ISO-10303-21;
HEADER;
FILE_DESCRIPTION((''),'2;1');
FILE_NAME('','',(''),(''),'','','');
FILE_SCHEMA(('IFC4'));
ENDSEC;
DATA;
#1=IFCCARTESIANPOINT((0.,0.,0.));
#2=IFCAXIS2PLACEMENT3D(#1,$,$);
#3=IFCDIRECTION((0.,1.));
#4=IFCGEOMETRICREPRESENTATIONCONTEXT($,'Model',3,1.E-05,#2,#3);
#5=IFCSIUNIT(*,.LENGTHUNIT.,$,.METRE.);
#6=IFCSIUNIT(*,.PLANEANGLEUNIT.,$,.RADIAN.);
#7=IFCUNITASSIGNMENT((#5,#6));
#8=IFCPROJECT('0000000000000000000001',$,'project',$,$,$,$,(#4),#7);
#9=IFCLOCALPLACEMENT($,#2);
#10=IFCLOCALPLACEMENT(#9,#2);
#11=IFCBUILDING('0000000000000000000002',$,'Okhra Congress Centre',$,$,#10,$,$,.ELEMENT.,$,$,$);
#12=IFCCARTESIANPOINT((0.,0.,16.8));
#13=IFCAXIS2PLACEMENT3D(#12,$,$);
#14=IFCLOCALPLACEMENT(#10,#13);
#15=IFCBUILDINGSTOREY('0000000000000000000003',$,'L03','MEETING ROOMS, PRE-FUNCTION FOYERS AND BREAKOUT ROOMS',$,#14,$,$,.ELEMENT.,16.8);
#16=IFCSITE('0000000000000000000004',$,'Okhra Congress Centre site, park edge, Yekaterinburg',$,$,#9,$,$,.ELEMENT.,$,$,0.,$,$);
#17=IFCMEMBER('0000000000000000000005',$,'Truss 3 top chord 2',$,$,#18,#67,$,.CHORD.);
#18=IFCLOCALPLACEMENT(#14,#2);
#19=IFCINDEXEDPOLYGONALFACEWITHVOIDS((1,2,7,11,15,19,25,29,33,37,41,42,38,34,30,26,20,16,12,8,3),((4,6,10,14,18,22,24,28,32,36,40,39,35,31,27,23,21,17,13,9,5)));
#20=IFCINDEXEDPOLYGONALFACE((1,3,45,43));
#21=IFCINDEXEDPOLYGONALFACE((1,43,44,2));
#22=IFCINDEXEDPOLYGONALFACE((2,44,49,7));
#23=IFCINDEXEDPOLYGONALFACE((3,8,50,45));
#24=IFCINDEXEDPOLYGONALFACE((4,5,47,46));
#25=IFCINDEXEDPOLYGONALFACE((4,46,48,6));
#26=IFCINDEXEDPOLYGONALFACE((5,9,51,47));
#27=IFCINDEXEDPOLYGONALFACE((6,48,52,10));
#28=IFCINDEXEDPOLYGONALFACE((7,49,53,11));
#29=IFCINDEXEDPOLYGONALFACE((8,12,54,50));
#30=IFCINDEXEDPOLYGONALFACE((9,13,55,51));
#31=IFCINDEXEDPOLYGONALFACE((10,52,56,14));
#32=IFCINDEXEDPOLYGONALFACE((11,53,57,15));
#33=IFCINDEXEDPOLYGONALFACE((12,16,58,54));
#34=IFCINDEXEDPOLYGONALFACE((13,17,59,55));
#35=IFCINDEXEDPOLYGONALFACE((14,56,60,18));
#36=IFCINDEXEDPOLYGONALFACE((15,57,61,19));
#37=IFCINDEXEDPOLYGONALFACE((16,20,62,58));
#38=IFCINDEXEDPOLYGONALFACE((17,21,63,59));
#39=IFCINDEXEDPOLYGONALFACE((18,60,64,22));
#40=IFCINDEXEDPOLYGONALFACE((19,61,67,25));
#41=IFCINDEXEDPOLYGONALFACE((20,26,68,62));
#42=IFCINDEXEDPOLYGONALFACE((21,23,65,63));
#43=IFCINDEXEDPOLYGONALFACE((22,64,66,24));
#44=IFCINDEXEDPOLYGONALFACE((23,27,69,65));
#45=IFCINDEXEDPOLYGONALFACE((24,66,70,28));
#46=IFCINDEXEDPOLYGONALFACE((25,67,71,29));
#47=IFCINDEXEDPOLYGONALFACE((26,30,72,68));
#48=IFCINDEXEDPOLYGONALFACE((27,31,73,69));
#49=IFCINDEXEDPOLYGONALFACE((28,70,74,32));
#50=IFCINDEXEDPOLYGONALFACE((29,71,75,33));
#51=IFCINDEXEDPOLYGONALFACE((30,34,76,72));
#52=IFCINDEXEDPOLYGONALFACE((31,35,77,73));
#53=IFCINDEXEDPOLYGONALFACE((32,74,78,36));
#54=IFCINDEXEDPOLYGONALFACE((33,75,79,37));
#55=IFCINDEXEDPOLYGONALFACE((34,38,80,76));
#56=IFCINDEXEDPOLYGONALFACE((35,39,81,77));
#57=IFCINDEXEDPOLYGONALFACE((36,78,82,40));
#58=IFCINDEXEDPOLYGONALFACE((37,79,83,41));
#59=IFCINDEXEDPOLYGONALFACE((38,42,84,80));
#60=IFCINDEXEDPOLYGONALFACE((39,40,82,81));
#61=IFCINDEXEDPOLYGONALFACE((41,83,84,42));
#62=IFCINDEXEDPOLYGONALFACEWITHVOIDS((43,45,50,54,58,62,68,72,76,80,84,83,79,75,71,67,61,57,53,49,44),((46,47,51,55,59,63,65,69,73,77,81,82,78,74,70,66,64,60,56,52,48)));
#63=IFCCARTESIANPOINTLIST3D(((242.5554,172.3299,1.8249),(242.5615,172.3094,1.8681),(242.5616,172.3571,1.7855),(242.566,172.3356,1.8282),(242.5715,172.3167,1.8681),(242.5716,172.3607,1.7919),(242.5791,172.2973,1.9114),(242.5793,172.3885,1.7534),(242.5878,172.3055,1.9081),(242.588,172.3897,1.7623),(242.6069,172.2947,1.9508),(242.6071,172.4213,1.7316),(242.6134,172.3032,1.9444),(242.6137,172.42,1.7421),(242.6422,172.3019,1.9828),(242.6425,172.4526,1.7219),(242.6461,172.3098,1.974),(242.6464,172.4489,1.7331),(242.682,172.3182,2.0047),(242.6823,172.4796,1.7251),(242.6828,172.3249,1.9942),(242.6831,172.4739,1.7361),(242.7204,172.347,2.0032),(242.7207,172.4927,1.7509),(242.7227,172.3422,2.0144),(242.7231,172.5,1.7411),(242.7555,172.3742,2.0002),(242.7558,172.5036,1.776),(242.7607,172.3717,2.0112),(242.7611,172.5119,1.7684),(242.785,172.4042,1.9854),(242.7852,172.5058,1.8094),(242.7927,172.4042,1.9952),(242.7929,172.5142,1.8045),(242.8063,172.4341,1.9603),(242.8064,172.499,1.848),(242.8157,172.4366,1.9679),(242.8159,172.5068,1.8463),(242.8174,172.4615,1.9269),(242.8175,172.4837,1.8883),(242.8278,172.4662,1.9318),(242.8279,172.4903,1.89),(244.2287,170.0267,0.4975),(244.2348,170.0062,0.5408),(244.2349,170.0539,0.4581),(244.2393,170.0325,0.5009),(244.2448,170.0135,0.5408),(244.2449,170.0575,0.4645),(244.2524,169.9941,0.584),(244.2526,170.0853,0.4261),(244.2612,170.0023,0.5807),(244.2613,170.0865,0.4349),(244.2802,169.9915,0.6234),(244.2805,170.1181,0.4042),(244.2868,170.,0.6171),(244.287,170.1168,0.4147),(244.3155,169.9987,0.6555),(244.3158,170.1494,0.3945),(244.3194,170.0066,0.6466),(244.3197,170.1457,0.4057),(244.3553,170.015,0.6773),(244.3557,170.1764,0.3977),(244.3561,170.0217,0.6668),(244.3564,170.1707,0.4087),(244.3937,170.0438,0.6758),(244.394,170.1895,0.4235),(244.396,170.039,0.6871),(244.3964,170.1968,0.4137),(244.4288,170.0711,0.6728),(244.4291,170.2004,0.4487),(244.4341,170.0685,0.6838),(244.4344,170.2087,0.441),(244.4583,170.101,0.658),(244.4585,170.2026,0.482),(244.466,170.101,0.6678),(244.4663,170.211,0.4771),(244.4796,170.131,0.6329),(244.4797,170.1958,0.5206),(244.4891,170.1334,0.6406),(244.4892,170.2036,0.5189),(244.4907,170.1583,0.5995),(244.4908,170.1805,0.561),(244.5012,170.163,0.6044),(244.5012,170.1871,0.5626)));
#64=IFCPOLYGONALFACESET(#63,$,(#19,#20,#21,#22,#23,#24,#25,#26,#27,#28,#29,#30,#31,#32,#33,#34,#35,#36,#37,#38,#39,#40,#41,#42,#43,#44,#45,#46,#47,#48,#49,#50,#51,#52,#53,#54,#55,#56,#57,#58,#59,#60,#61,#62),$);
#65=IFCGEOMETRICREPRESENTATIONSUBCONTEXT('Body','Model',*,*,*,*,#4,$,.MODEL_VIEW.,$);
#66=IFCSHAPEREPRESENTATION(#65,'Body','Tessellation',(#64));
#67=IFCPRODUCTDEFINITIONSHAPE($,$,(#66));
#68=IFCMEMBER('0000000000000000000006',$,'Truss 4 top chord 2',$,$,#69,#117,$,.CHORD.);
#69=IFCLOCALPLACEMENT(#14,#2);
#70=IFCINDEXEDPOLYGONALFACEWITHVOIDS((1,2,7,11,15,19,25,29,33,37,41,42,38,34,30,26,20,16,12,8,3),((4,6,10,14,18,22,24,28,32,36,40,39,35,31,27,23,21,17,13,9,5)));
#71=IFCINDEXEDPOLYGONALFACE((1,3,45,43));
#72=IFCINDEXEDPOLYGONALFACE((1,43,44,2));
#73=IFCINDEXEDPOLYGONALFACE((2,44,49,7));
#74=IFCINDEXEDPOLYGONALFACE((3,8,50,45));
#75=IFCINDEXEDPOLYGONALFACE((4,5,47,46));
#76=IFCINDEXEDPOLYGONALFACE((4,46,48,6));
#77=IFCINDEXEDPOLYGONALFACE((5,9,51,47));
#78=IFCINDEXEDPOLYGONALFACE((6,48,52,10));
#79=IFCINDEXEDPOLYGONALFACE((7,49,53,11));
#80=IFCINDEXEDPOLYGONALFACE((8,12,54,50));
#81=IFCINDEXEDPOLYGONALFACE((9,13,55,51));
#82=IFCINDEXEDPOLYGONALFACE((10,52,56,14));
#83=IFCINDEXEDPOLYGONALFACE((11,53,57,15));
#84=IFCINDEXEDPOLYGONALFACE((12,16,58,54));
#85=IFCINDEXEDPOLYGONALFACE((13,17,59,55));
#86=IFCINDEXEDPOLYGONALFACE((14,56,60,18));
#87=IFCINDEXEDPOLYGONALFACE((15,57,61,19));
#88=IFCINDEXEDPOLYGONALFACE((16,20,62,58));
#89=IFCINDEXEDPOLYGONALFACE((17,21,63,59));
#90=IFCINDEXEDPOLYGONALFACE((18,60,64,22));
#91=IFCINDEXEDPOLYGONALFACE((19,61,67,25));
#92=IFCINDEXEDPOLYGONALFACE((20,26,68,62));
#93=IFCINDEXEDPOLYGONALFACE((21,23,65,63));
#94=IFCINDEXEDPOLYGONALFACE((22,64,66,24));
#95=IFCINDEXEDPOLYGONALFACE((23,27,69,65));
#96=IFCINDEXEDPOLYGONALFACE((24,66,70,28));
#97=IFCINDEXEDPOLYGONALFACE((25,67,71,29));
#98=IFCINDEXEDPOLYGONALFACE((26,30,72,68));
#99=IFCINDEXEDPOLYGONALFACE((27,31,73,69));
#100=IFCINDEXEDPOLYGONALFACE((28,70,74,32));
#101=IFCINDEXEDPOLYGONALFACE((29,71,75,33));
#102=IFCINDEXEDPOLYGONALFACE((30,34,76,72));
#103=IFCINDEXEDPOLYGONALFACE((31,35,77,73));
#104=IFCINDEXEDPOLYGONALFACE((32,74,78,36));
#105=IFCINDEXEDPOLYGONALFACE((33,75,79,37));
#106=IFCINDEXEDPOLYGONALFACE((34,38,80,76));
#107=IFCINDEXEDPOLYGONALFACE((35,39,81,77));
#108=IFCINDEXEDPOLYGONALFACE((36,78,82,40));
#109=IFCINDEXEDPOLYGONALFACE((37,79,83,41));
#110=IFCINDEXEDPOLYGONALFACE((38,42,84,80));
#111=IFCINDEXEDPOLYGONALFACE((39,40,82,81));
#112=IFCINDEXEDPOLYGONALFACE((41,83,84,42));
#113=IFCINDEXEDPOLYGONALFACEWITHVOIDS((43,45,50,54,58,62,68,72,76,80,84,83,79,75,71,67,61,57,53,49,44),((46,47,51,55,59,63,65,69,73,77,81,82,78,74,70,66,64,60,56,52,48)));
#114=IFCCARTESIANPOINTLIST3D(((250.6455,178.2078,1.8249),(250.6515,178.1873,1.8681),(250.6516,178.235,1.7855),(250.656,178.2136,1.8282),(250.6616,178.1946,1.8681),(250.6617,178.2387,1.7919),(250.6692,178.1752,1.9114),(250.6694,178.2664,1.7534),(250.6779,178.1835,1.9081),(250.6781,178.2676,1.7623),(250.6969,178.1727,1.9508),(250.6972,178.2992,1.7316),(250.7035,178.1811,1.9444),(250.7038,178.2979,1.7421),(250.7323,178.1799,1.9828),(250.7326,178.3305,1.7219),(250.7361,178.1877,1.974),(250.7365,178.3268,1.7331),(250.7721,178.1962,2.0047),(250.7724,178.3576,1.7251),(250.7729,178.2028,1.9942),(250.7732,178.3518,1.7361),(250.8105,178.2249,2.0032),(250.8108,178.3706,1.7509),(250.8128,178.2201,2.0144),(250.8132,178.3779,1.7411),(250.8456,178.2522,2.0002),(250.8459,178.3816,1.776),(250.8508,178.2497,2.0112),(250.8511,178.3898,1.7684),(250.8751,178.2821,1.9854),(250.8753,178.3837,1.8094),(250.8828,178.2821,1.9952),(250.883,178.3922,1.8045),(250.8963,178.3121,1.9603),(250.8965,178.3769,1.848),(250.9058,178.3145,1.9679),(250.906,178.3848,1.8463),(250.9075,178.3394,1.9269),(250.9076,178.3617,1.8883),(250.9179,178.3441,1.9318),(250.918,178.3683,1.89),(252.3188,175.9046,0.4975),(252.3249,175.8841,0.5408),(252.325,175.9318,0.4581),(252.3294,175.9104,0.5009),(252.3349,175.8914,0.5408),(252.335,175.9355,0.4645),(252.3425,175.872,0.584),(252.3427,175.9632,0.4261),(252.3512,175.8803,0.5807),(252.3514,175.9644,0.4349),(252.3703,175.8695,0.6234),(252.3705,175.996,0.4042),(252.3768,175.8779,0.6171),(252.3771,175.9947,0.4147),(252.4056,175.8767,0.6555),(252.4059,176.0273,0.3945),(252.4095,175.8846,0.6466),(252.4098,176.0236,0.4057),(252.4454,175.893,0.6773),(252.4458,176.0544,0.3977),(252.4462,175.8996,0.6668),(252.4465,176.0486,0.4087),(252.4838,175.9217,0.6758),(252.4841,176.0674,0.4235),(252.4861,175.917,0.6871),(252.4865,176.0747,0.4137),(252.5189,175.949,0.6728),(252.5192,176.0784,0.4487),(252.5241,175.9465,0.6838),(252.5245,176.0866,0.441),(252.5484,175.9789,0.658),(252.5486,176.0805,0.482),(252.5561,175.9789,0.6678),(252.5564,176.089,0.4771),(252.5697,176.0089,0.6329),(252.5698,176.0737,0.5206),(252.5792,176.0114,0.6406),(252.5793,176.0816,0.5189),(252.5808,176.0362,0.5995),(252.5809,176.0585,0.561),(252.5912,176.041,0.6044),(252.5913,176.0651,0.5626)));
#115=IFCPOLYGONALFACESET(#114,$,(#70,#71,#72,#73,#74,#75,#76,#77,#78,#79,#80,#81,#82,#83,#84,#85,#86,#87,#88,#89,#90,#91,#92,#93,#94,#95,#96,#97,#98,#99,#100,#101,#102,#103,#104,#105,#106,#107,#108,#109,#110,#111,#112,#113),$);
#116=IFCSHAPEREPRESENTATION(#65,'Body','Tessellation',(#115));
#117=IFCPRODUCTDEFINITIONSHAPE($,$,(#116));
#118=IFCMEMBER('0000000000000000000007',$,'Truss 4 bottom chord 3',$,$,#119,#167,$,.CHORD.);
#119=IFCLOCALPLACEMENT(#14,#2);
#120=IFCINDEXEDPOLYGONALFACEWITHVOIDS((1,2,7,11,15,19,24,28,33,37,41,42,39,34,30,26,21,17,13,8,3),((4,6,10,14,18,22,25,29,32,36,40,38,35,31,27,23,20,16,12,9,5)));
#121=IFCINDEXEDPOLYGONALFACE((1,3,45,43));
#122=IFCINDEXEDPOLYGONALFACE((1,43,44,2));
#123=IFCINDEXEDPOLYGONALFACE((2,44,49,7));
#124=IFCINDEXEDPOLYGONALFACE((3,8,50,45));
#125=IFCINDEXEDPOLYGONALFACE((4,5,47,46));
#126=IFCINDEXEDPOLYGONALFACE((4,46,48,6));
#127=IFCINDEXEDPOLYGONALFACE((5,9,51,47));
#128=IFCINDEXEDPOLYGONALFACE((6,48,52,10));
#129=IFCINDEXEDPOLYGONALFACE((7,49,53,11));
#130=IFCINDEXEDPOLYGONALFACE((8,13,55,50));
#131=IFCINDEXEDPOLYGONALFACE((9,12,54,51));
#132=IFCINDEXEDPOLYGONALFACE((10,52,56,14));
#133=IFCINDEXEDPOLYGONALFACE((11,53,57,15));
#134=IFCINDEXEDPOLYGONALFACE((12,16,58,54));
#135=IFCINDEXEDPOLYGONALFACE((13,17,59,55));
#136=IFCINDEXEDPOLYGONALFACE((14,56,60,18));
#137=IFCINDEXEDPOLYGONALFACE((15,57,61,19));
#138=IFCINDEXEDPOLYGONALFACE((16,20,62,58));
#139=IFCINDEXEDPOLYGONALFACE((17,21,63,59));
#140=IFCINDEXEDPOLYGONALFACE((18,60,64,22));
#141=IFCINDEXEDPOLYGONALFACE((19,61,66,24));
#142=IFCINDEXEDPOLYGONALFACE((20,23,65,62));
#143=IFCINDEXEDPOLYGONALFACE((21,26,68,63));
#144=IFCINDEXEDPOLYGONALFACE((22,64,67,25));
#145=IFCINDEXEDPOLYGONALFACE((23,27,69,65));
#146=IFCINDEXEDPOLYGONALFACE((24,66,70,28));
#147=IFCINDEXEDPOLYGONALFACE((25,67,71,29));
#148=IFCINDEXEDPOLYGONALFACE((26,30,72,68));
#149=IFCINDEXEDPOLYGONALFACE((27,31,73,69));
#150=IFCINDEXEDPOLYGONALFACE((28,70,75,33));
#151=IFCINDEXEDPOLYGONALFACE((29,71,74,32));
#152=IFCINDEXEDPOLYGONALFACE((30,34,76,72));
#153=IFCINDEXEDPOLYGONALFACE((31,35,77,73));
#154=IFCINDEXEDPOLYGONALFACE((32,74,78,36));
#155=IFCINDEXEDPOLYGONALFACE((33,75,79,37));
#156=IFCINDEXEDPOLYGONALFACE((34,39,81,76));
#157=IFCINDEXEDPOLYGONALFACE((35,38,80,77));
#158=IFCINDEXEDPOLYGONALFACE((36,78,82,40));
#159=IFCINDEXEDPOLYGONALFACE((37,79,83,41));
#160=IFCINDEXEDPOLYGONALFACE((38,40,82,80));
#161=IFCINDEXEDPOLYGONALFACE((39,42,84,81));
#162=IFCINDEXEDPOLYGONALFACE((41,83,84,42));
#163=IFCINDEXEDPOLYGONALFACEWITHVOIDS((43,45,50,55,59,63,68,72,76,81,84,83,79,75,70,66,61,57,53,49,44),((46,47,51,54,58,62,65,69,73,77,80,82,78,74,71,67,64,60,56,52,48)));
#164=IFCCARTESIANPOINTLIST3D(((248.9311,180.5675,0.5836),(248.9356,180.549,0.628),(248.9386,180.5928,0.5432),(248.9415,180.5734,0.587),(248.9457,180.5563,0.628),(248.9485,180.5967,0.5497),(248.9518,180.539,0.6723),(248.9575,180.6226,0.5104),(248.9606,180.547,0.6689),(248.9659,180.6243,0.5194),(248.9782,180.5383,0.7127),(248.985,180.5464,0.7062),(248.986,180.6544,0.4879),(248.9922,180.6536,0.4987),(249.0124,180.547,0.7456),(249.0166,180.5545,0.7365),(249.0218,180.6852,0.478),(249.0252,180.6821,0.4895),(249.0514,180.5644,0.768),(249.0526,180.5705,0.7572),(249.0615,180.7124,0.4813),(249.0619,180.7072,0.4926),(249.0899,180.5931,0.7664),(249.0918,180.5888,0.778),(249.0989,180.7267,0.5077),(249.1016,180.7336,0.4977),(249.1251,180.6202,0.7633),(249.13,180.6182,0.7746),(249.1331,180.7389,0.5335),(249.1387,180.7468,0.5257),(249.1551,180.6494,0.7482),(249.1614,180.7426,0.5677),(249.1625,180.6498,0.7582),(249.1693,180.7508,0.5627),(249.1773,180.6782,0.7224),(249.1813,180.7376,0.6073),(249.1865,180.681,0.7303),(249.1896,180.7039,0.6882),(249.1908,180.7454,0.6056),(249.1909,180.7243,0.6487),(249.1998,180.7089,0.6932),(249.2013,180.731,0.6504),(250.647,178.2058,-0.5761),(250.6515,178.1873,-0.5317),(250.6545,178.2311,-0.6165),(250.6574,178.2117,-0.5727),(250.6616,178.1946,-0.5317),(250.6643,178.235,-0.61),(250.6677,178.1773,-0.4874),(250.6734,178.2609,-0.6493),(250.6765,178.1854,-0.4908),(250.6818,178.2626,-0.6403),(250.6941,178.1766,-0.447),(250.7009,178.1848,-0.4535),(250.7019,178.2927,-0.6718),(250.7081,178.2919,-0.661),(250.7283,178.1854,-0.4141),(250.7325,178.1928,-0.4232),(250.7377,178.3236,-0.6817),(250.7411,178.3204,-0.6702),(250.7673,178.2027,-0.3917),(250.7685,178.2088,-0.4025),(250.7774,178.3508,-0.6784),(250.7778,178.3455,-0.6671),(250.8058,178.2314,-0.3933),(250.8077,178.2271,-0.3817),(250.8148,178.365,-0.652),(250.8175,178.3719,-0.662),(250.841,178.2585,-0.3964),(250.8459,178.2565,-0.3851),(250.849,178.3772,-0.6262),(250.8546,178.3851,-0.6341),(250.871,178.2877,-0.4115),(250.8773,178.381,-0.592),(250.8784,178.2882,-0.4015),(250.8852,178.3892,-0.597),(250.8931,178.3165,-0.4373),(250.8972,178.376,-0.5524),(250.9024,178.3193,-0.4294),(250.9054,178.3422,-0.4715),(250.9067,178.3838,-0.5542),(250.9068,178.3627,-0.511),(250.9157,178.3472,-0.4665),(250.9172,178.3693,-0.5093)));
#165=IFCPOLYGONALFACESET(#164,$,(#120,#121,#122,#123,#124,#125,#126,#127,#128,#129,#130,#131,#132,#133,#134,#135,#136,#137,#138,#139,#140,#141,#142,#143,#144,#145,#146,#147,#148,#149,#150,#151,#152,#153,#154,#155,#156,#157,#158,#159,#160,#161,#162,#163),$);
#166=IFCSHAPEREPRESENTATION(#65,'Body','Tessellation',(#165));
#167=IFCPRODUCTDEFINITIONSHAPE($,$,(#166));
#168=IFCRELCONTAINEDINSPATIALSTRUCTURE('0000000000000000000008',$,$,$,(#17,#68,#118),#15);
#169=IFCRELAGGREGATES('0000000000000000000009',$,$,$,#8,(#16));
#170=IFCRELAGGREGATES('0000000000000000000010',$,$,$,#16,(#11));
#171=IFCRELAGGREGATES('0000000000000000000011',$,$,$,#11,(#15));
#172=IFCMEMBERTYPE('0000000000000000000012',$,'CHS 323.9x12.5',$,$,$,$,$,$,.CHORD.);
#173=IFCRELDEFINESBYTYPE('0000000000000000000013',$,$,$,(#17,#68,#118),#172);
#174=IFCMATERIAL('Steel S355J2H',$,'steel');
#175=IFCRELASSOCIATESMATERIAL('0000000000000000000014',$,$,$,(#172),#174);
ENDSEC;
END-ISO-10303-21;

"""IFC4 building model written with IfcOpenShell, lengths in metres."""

from ifc_helpers import new_model, si_unit, direction, frame, origin, origin_2d, place, context, subcontext, project, spatial, hollow_circle, extrude, material, material_profile, profile_set, type_object, element, save


model = new_model("IFC4")

# Units and contexts
model_context = context("Model", 3, precision=1e-05, world=origin(), true_north=direction((0.0, 1.0)))
body_context = subcontext(model_context, "Body", "Model", "MODEL_VIEW")
ifc_project = project(units=[si_unit("LENGTHUNIT", "METRE"), si_unit("PLANEANGLEUNIT", "RADIAN")], contexts=[model_context])

# Site, building, storey
site_placement = place(None, origin())
site = spatial("IfcSite", under=ifc_project, at=site_placement, Name="Okhra Congress Centre site, park edge, Yekaterinburg", CompositionType="ELEMENT", RefElevation=0.0)
building_placement = place(site_placement, origin())
building = spatial("IfcBuilding", under=site, at=building_placement, Name="Okhra Congress Centre", CompositionType="ELEMENT")
storey_placement = place(building_placement, frame((0.0, 0.0, 16.8)))
storey = spatial("IfcBuildingStorey", under=building, at=storey_placement, Name="L03", Description="MEETING ROOMS, PRE-FUNCTION FOYERS AND BREAKOUT ROOMS", CompositionType="ELEMENT", Elevation=16.8)

# Members
ifc_material_1 = material(Name="Steel S355J2H", Category="steel")
ifc_material_profile_1 = material_profile(ifc_material_1, hollow_circle(Radius=0.1619, WallThickness=0.0125, at=origin_2d()), Name="CHS 323.9x12.5")
ifc_profile_set_1 = profile_set([ifc_material_profile_1], Name="Steel S355J2H")
member_type_1 = type_object("IfcMemberType", Name="CHS 323.9x12.5", PredefinedType="CHORD", material=ifc_profile_set_1)
for number, where, z_axis, x_axis, name in (
    (1, (244.3657, 170.1013, 0.5408), (-0.532714, 0.73324, 0.422581), (-0.809025, -0.587774, 0.0), "Truss 3 top chord 2"),
    (2, (252.4558, 175.9792, 0.5408), (-0.532714, 0.73324, 0.422581), (-0.809025, -0.587774, 0.0), "Truss 4 top chord 2"),
    (3, (250.7825, 178.2825, -0.5317), (-0.546265, 0.751853, 0.369203), (-0.809011, -0.587794, 0.0), "Truss 4 bottom chord 3"),
):
    element("IfcMember", number, at=place(storey_placement, frame(where, z_axis=z_axis, x_axis=x_axis)), inside=storey, type_object=member_type_1, Name=name, PredefinedType="CHORD", context=body_context, shape_type="SweptSolid", body=[
        extrude(hollow_circle(Radius=0.1619, WallThickness=0.0125, at=origin_2d()), origin(), (0.0, 0.0, 1.0), 3.1411),
    ])

save(model, "model.ifc")
